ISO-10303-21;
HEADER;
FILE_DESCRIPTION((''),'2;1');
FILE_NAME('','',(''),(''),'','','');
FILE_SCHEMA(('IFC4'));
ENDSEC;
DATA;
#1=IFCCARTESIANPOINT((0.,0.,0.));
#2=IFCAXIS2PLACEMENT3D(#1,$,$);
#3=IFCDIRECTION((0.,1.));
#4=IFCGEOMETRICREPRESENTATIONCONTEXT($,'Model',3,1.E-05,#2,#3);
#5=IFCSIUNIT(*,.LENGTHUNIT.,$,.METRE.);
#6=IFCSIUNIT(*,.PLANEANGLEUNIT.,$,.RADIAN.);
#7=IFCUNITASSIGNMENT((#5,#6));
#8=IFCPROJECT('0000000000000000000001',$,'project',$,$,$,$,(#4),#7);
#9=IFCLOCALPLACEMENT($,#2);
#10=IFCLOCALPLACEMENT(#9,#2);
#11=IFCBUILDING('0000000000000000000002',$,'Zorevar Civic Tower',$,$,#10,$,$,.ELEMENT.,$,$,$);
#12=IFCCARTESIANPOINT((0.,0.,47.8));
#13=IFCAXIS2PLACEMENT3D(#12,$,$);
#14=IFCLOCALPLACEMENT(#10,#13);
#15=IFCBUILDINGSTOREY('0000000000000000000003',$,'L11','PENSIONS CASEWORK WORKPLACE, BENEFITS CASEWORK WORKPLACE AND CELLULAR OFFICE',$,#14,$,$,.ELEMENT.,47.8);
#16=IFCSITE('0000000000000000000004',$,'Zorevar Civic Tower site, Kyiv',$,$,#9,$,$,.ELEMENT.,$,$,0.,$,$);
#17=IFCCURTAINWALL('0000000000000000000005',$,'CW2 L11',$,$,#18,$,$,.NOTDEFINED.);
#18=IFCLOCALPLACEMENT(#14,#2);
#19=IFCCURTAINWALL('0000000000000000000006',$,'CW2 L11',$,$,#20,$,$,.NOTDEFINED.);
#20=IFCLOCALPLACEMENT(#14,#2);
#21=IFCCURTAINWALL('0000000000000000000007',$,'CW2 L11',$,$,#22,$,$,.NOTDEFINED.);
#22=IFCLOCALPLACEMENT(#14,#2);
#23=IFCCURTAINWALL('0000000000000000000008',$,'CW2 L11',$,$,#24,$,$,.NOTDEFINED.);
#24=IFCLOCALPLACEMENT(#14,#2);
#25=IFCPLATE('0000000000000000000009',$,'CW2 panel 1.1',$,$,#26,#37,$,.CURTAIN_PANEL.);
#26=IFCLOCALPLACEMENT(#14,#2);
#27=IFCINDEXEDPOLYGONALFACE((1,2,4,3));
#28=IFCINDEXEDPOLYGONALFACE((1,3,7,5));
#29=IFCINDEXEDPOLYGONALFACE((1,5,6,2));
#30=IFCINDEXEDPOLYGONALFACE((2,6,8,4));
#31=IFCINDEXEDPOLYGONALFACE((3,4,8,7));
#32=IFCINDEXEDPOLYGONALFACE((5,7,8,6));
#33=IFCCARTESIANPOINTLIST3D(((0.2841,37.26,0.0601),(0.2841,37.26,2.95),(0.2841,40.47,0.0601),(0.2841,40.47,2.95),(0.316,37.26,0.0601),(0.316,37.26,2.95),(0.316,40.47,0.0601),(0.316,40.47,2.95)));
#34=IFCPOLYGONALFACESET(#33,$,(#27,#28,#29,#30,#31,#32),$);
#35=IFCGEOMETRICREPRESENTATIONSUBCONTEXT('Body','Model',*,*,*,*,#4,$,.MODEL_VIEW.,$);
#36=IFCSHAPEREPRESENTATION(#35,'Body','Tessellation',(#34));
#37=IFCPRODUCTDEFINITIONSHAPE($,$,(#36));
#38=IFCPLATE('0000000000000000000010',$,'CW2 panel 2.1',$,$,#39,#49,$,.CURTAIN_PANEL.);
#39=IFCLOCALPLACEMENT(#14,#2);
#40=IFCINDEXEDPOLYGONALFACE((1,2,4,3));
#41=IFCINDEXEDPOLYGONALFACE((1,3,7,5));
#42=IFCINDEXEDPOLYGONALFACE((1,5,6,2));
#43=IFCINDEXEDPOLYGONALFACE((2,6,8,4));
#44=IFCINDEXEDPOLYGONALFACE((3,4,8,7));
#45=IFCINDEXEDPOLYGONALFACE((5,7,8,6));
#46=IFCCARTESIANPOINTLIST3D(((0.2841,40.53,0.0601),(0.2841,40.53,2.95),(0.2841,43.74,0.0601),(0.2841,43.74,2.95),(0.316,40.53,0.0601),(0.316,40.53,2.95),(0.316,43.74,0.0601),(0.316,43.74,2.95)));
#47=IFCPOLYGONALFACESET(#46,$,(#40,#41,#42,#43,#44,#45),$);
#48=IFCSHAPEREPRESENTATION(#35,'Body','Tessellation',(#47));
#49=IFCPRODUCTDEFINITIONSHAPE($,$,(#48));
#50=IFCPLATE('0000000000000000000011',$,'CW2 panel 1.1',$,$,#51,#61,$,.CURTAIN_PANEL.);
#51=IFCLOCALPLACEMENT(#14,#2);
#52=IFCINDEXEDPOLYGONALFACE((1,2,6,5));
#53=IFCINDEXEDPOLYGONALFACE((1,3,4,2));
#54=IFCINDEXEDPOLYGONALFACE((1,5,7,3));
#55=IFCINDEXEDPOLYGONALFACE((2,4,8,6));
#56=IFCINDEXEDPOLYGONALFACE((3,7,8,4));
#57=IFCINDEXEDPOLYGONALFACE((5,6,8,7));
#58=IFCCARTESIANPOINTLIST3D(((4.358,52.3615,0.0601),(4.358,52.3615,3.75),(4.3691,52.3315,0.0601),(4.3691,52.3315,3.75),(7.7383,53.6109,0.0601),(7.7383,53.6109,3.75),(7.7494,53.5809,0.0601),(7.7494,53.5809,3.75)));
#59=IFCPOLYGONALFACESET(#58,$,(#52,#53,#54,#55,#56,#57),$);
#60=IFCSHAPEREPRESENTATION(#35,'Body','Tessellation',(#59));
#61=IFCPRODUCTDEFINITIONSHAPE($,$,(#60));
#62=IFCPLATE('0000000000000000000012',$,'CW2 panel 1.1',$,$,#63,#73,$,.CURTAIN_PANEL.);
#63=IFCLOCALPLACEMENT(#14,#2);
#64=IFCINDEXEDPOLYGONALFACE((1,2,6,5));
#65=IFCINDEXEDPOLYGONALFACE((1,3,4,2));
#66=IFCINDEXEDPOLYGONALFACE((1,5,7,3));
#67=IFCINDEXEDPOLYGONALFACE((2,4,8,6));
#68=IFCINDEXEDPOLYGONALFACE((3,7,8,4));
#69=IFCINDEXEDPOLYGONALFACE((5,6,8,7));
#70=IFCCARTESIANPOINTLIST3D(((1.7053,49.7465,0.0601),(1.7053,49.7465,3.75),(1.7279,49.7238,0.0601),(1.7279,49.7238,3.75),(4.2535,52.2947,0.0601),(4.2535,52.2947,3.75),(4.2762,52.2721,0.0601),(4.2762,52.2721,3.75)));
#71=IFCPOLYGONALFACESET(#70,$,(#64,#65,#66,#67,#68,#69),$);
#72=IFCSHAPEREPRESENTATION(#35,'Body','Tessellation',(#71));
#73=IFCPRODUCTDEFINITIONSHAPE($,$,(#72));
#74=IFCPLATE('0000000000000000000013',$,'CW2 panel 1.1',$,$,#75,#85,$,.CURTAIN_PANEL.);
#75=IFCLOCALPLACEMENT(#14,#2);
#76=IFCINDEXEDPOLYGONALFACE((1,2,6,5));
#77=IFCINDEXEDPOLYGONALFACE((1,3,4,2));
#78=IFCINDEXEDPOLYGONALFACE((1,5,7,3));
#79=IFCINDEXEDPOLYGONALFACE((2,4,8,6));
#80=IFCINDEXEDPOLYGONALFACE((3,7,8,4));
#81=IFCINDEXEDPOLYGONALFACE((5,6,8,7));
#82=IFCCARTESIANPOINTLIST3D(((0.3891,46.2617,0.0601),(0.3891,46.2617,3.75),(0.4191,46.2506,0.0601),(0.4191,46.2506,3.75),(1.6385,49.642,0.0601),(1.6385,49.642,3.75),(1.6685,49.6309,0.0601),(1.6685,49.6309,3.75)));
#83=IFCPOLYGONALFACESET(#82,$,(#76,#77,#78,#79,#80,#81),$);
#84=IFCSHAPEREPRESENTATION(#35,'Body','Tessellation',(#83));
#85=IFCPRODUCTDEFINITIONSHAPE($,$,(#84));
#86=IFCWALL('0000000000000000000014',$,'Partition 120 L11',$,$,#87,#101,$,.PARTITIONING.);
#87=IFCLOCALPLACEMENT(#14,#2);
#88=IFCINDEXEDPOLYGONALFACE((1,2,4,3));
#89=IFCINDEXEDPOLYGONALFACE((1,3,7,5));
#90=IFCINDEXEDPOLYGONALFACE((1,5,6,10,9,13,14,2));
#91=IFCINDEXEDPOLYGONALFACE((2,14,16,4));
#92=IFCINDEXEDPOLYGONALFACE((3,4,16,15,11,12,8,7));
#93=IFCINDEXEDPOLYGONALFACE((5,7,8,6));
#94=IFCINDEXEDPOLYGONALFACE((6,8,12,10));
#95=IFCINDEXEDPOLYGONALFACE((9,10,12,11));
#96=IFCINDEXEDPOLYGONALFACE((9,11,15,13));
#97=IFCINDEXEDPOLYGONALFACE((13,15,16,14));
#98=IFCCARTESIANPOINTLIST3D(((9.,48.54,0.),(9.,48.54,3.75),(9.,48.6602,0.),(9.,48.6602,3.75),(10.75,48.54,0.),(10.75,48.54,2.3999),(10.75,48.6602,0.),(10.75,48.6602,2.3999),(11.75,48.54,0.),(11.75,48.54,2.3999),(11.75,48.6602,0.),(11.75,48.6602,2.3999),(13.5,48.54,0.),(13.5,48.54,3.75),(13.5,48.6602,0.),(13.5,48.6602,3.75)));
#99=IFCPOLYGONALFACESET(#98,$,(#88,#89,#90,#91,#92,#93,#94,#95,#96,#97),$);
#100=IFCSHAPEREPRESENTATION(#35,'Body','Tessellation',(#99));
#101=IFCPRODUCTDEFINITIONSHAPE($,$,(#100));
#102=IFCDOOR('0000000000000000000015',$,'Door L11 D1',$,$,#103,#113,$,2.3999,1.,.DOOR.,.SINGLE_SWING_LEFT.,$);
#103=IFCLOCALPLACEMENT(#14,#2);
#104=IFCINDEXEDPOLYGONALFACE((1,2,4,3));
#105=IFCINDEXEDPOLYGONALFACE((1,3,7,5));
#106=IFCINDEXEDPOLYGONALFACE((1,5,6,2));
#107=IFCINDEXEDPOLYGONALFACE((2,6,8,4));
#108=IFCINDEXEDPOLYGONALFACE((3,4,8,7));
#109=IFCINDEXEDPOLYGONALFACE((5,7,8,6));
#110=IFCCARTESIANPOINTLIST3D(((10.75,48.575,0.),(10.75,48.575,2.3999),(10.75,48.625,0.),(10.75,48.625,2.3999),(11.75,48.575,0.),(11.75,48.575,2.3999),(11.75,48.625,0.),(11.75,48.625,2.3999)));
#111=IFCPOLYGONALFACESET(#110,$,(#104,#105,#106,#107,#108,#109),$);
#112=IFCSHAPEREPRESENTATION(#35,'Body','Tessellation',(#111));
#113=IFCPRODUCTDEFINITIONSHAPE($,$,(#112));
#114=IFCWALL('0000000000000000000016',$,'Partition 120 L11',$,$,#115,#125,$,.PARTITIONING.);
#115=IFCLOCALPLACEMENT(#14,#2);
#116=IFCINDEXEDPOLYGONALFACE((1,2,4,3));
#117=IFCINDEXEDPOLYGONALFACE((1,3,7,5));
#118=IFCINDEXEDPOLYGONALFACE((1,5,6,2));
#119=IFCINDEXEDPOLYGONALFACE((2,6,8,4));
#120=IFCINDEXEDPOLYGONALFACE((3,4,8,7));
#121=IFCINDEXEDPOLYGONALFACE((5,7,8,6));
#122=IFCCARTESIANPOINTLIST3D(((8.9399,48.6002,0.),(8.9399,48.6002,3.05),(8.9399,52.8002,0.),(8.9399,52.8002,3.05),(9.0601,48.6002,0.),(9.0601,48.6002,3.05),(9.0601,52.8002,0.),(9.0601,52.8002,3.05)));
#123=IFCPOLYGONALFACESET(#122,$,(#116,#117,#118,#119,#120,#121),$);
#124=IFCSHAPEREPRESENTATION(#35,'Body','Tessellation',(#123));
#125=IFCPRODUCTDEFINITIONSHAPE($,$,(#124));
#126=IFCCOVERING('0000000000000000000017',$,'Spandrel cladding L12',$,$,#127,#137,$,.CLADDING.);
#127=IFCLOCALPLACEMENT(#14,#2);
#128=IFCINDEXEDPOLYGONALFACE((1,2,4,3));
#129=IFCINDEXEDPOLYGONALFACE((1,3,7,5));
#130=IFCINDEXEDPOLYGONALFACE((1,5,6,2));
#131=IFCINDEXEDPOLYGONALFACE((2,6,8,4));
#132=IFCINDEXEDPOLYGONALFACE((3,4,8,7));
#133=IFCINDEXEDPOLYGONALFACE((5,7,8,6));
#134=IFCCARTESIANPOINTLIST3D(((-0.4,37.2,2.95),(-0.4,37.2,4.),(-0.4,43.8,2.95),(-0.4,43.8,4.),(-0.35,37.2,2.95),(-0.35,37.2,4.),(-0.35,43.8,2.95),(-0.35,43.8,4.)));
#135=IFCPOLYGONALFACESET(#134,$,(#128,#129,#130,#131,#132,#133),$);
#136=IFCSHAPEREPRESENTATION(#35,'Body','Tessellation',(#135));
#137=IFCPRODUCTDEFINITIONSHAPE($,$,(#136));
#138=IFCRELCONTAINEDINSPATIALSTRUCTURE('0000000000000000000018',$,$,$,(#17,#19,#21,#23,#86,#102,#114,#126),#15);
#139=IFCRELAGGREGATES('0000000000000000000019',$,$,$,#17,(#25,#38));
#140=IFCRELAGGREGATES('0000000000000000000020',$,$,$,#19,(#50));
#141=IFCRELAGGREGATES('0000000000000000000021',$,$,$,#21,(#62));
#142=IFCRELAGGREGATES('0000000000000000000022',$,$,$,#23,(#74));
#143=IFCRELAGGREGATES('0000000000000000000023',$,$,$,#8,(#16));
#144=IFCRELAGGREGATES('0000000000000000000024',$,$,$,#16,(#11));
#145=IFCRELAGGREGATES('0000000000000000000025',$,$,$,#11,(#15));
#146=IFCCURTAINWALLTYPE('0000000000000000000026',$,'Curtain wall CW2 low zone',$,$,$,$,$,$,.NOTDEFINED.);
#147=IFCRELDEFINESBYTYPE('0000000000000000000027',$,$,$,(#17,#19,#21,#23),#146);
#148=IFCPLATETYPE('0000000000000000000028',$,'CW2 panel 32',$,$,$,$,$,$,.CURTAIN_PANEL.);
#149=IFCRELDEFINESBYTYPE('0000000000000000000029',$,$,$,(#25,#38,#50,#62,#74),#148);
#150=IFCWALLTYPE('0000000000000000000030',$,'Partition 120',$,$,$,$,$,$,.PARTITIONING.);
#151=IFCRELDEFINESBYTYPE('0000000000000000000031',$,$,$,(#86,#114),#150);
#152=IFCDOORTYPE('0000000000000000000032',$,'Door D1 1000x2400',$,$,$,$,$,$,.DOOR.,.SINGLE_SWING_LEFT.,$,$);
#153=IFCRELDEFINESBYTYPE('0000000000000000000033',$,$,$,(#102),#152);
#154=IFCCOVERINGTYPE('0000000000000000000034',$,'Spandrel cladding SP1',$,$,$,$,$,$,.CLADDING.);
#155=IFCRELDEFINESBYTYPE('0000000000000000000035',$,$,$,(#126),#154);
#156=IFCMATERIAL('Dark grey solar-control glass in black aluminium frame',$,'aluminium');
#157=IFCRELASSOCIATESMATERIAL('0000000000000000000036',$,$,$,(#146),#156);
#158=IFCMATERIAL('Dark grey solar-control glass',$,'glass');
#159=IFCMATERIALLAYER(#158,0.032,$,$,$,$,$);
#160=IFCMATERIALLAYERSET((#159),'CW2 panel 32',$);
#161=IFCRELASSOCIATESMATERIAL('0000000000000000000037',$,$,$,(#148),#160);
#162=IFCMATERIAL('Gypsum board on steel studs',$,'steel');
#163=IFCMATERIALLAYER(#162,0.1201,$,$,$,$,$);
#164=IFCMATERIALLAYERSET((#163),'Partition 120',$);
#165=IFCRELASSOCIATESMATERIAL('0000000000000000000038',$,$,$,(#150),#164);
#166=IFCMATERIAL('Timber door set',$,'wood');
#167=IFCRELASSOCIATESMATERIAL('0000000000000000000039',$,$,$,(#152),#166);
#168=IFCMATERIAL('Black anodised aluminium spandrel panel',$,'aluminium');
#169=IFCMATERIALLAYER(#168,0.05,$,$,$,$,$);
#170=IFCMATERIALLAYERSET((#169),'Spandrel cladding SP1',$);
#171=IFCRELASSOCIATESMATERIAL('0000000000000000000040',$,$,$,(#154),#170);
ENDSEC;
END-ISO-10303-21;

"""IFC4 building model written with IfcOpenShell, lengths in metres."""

from ifc_helpers import new_model, si_unit, direction, frame, frame_2d, origin, origin_2d, place, context, subcontext, project, spatial, rectangle, extrude, material, layer, layer_set, type_object, element, fill, aggregate, save


model = new_model("IFC4")

# Units and contexts
model_context = context("Model", 3, precision=1e-05, world=origin(), true_north=direction((0.0, 1.0)))
body_context = subcontext(model_context, "Body", "Model", "MODEL_VIEW")
ifc_project = project(units=[si_unit("LENGTHUNIT", "METRE"), si_unit("PLANEANGLEUNIT", "RADIAN")], contexts=[model_context])

# Site, building, storey
site_placement = place(None, origin())
site = spatial("IfcSite", under=ifc_project, at=site_placement, Name="Zorevar Civic Tower site, Kyiv", CompositionType="ELEMENT", RefElevation=0.0)
building_placement = place(site_placement, origin())
building = spatial("IfcBuilding", under=site, at=building_placement, Name="Zorevar Civic Tower", CompositionType="ELEMENT")
storey_placement = place(building_placement, frame((0.0, 0.0, 47.8)))
storey = spatial("IfcBuildingStorey", under=building, at=storey_placement, Name="L11", Description="PENSIONS CASEWORK WORKPLACE, BENEFITS CASEWORK WORKPLACE AND CELLULAR OFFICE", CompositionType="ELEMENT", Elevation=47.8)

# Curtain walls
ifc_material_1 = material(Name="Dark grey solar-control glass in black aluminium frame", Category="aluminium")
curtain_wall_type = type_object("IfcCurtainWallType", Name="Curtain wall CW2 low zone", PredefinedType="NOTDEFINED", material=ifc_material_1)
curtain_wall_1_placement = place(storey_placement, origin())
curtain_wall_1 = element("IfcCurtainWall", 1, at=curtain_wall_1_placement, inside=storey, type_object=curtain_wall_type, Name="CW2 L11", PredefinedType="NOTDEFINED")
curtain_wall_2_placement = place(storey_placement, origin())
curtain_wall_2 = element("IfcCurtainWall", 2, at=curtain_wall_2_placement, inside=storey, type_object=curtain_wall_type, Name="CW2 L11", PredefinedType="NOTDEFINED")
curtain_wall_3_placement = place(storey_placement, origin())
curtain_wall_3 = element("IfcCurtainWall", 3, at=curtain_wall_3_placement, inside=storey, type_object=curtain_wall_type, Name="CW2 L11", PredefinedType="NOTDEFINED")
curtain_wall_4_placement = place(storey_placement, origin())
curtain_wall_4 = element("IfcCurtainWall", 4, at=curtain_wall_4_placement, inside=storey, type_object=curtain_wall_type, Name="CW2 L11", PredefinedType="NOTDEFINED")

# Plates
ifc_material_2 = material(Name="Dark grey solar-control glass", Category="glass")
ifc_layer_1 = layer(ifc_material_2, 0.032)
ifc_layer_set_1 = layer_set([ifc_layer_1], Name="CW2 panel 32")
plate_type = type_object("IfcPlateType", Name="CW2 panel 32", PredefinedType="CURTAIN_PANEL", material=ifc_layer_set_1)
plate_1_placement = place(storey_placement, frame((0.3, 38.865, 0.0601), z_axis=(0.0, 0.0, 1.0), x_axis=(0.0, 1.0, 0.0)))
plate_1 = element("IfcPlate", 5, at=plate_1_placement, type_object=plate_type, Name="CW2 panel 1.1", PredefinedType="CURTAIN_PANEL", context=body_context, shape_type="SweptSolid", body=[
    extrude(rectangle(XDim=3.21, YDim=0.032, at=origin_2d()), origin(), (0.0, 0.0, 1.0), 2.8899),
])
plate_2_placement = place(storey_placement, frame((0.3, 42.135, 0.0601), z_axis=(0.0, 0.0, 1.0), x_axis=(0.0, 1.0, 0.0)))
plate_2 = element("IfcPlate", 6, at=plate_2_placement, type_object=plate_type, Name="CW2 panel 2.1", PredefinedType="CURTAIN_PANEL", context=body_context, shape_type="SweptSolid", body=[
    extrude(rectangle(XDim=3.21, YDim=0.032, at=origin_2d()), origin(), (0.0, 0.0, 1.0), 2.8899),
])
aggregate(curtain_wall_1, [plate_1, plate_2])
plate_3_placement = place(storey_placement, frame((6.0537, 52.9712, 0.0601), z_axis=(0.0, 0.0, 1.0), x_axis=(-0.937975, -0.346704, 0.0)))
plate_3 = element("IfcPlate", 7, at=plate_3_placement, type_object=plate_type, Name="CW2 panel 1.1", PredefinedType="CURTAIN_PANEL", context=body_context, shape_type="SweptSolid", body=[
    extrude(rectangle(XDim=3.6038, YDim=0.032, at=origin_2d()), origin(), (0.0, 0.0, 1.0), 3.6899),
])
aggregate(curtain_wall_2, [plate_3])
plate_4_placement = place(storey_placement, frame((2.9907, 51.0093, 0.0601), z_axis=(0.0, 0.0, 1.0), x_axis=(-0.707107, -0.707107, 0.0)))
plate_4 = element("IfcPlate", 8, at=plate_4_placement, type_object=plate_type, Name="CW2 panel 1.1", PredefinedType="CURTAIN_PANEL", context=body_context, shape_type="SweptSolid", body=[
    extrude(rectangle(XDim=3.6038, YDim=0.032, at=origin_2d()), origin(), (0.0, 0.0, 1.0), 3.6899),
])
aggregate(curtain_wall_3, [plate_4])
plate_5_placement = place(storey_placement, frame((1.0288, 47.9463, 0.0601), z_axis=(0.0, 0.0, 1.0), x_axis=(-0.346704, -0.937975, 0.0)))
plate_5 = element("IfcPlate", 9, at=plate_5_placement, type_object=plate_type, Name="CW2 panel 1.1", PredefinedType="CURTAIN_PANEL", context=body_context, shape_type="SweptSolid", body=[
    extrude(rectangle(XDim=3.6038, YDim=0.032, at=origin_2d()), origin(), (0.0, 0.0, 1.0), 3.6899),
])
aggregate(curtain_wall_4, [plate_5])

# Wall, opening, door
ifc_material_3 = material(Name="Gypsum board on steel studs", Category="steel")
ifc_layer_2 = layer(ifc_material_3, 0.1201)
ifc_layer_set_2 = layer_set([ifc_layer_2], Name="Partition 120")
wall_type = type_object("IfcWallType", Name="Partition 120", PredefinedType="PARTITIONING", material=ifc_layer_set_2)
wall_1_placement = place(storey_placement, frame((9.0, 48.6001, 0.0), z_axis=(0.0, 0.0, 1.0), x_axis=(1.0, 0.0, 0.0)))
wall_1 = element("IfcWall", 10, at=wall_1_placement, inside=storey, type_object=wall_type, Name="Partition 120 L11", PredefinedType="PARTITIONING", context=body_context, shape_type="SweptSolid", body=[
    extrude(rectangle(XDim=4.5, YDim=0.1201, at=frame_2d((2.25, 0.0))), origin(), (0.0, 0.0, 1.0), 3.75),
])
opening_placement = place(wall_1_placement, frame((1.75, 0.0, 0.0)))
opening = element("IfcOpeningElement", 11, at=opening_placement, cuts=wall_1, PredefinedType="OPENING", context=body_context, shape_type="SweptSolid", body=[
    extrude(rectangle(XDim=1.0, YDim=2.3999, at=frame_2d((0.5, 1.2))), frame((0.0, 0.0701, 0.0), z_axis=(0.0, -1.0, 0.0), x_axis=(1.0, 0.0, 0.0)), (0.0, 0.0, 1.0), 0.1401),
])
ifc_material_4 = material(Name="Timber door set", Category="wood")
door_type = type_object("IfcDoorType", Name="Door D1 1000x2400", OperationType="SINGLE_SWING_LEFT", PredefinedType="DOOR", material=ifc_material_4)
door_placement = place(opening_placement, origin())
door = element("IfcDoor", 12, at=door_placement, inside=storey, type_object=door_type, Name="Door L11 D1", OperationType="SINGLE_SWING_LEFT", OverallHeight=2.3999, OverallWidth=1.0, PredefinedType="DOOR", context=body_context, shape_type="SweptSolid", body=[
    extrude(rectangle(XDim=1.0, YDim=2.3999, at=frame_2d((0.5, 1.2))), frame((0.0, 0.0249, 0.0), z_axis=(0.0, -1.0, 0.0), x_axis=(1.0, 0.0, 0.0)), (0.0, 0.0, 1.0), 0.05),
])
fill(opening, door)

# Wall
wall_2_placement = place(storey_placement, frame((9.0, 48.6001, 0.0), z_axis=(0.0, 0.0, 1.0), x_axis=(0.0, 1.0, 0.0)))
element("IfcWall", 13, at=wall_2_placement, inside=storey, type_object=wall_type, Name="Partition 120 L11", PredefinedType="PARTITIONING", context=body_context, shape_type="SweptSolid", body=[
    extrude(rectangle(XDim=4.2, YDim=0.1201, at=frame_2d((2.1001, 0.0))), origin(), (0.0, 0.0, 1.0), 3.05),
])

# Covering
ifc_material_5 = material(Name="Black anodised aluminium spandrel panel", Category="aluminium")
ifc_layer_3 = layer(ifc_material_5, 0.05)
ifc_layer_set_3 = layer_set([ifc_layer_3], Name="Spandrel cladding SP1")
covering_type = type_object("IfcCoveringType", Name="Spandrel cladding SP1", PredefinedType="CLADDING", material=ifc_layer_set_3)
covering_placement = place(storey_placement, frame((-0.375, 37.2, 2.95), z_axis=(0.0, 0.0, 1.0), x_axis=(0.0, 1.0, 0.0)))
element("IfcCovering", 14, at=covering_placement, inside=storey, type_object=covering_type, Name="Spandrel cladding L12", PredefinedType="CLADDING", context=body_context, shape_type="SweptSolid", body=[
    extrude(rectangle(XDim=6.6001, YDim=0.05, at=frame_2d((3.3, 0.0))), origin(), (0.0, 0.0, 1.0), 1.05),
])

save(model, "model.ifc")
